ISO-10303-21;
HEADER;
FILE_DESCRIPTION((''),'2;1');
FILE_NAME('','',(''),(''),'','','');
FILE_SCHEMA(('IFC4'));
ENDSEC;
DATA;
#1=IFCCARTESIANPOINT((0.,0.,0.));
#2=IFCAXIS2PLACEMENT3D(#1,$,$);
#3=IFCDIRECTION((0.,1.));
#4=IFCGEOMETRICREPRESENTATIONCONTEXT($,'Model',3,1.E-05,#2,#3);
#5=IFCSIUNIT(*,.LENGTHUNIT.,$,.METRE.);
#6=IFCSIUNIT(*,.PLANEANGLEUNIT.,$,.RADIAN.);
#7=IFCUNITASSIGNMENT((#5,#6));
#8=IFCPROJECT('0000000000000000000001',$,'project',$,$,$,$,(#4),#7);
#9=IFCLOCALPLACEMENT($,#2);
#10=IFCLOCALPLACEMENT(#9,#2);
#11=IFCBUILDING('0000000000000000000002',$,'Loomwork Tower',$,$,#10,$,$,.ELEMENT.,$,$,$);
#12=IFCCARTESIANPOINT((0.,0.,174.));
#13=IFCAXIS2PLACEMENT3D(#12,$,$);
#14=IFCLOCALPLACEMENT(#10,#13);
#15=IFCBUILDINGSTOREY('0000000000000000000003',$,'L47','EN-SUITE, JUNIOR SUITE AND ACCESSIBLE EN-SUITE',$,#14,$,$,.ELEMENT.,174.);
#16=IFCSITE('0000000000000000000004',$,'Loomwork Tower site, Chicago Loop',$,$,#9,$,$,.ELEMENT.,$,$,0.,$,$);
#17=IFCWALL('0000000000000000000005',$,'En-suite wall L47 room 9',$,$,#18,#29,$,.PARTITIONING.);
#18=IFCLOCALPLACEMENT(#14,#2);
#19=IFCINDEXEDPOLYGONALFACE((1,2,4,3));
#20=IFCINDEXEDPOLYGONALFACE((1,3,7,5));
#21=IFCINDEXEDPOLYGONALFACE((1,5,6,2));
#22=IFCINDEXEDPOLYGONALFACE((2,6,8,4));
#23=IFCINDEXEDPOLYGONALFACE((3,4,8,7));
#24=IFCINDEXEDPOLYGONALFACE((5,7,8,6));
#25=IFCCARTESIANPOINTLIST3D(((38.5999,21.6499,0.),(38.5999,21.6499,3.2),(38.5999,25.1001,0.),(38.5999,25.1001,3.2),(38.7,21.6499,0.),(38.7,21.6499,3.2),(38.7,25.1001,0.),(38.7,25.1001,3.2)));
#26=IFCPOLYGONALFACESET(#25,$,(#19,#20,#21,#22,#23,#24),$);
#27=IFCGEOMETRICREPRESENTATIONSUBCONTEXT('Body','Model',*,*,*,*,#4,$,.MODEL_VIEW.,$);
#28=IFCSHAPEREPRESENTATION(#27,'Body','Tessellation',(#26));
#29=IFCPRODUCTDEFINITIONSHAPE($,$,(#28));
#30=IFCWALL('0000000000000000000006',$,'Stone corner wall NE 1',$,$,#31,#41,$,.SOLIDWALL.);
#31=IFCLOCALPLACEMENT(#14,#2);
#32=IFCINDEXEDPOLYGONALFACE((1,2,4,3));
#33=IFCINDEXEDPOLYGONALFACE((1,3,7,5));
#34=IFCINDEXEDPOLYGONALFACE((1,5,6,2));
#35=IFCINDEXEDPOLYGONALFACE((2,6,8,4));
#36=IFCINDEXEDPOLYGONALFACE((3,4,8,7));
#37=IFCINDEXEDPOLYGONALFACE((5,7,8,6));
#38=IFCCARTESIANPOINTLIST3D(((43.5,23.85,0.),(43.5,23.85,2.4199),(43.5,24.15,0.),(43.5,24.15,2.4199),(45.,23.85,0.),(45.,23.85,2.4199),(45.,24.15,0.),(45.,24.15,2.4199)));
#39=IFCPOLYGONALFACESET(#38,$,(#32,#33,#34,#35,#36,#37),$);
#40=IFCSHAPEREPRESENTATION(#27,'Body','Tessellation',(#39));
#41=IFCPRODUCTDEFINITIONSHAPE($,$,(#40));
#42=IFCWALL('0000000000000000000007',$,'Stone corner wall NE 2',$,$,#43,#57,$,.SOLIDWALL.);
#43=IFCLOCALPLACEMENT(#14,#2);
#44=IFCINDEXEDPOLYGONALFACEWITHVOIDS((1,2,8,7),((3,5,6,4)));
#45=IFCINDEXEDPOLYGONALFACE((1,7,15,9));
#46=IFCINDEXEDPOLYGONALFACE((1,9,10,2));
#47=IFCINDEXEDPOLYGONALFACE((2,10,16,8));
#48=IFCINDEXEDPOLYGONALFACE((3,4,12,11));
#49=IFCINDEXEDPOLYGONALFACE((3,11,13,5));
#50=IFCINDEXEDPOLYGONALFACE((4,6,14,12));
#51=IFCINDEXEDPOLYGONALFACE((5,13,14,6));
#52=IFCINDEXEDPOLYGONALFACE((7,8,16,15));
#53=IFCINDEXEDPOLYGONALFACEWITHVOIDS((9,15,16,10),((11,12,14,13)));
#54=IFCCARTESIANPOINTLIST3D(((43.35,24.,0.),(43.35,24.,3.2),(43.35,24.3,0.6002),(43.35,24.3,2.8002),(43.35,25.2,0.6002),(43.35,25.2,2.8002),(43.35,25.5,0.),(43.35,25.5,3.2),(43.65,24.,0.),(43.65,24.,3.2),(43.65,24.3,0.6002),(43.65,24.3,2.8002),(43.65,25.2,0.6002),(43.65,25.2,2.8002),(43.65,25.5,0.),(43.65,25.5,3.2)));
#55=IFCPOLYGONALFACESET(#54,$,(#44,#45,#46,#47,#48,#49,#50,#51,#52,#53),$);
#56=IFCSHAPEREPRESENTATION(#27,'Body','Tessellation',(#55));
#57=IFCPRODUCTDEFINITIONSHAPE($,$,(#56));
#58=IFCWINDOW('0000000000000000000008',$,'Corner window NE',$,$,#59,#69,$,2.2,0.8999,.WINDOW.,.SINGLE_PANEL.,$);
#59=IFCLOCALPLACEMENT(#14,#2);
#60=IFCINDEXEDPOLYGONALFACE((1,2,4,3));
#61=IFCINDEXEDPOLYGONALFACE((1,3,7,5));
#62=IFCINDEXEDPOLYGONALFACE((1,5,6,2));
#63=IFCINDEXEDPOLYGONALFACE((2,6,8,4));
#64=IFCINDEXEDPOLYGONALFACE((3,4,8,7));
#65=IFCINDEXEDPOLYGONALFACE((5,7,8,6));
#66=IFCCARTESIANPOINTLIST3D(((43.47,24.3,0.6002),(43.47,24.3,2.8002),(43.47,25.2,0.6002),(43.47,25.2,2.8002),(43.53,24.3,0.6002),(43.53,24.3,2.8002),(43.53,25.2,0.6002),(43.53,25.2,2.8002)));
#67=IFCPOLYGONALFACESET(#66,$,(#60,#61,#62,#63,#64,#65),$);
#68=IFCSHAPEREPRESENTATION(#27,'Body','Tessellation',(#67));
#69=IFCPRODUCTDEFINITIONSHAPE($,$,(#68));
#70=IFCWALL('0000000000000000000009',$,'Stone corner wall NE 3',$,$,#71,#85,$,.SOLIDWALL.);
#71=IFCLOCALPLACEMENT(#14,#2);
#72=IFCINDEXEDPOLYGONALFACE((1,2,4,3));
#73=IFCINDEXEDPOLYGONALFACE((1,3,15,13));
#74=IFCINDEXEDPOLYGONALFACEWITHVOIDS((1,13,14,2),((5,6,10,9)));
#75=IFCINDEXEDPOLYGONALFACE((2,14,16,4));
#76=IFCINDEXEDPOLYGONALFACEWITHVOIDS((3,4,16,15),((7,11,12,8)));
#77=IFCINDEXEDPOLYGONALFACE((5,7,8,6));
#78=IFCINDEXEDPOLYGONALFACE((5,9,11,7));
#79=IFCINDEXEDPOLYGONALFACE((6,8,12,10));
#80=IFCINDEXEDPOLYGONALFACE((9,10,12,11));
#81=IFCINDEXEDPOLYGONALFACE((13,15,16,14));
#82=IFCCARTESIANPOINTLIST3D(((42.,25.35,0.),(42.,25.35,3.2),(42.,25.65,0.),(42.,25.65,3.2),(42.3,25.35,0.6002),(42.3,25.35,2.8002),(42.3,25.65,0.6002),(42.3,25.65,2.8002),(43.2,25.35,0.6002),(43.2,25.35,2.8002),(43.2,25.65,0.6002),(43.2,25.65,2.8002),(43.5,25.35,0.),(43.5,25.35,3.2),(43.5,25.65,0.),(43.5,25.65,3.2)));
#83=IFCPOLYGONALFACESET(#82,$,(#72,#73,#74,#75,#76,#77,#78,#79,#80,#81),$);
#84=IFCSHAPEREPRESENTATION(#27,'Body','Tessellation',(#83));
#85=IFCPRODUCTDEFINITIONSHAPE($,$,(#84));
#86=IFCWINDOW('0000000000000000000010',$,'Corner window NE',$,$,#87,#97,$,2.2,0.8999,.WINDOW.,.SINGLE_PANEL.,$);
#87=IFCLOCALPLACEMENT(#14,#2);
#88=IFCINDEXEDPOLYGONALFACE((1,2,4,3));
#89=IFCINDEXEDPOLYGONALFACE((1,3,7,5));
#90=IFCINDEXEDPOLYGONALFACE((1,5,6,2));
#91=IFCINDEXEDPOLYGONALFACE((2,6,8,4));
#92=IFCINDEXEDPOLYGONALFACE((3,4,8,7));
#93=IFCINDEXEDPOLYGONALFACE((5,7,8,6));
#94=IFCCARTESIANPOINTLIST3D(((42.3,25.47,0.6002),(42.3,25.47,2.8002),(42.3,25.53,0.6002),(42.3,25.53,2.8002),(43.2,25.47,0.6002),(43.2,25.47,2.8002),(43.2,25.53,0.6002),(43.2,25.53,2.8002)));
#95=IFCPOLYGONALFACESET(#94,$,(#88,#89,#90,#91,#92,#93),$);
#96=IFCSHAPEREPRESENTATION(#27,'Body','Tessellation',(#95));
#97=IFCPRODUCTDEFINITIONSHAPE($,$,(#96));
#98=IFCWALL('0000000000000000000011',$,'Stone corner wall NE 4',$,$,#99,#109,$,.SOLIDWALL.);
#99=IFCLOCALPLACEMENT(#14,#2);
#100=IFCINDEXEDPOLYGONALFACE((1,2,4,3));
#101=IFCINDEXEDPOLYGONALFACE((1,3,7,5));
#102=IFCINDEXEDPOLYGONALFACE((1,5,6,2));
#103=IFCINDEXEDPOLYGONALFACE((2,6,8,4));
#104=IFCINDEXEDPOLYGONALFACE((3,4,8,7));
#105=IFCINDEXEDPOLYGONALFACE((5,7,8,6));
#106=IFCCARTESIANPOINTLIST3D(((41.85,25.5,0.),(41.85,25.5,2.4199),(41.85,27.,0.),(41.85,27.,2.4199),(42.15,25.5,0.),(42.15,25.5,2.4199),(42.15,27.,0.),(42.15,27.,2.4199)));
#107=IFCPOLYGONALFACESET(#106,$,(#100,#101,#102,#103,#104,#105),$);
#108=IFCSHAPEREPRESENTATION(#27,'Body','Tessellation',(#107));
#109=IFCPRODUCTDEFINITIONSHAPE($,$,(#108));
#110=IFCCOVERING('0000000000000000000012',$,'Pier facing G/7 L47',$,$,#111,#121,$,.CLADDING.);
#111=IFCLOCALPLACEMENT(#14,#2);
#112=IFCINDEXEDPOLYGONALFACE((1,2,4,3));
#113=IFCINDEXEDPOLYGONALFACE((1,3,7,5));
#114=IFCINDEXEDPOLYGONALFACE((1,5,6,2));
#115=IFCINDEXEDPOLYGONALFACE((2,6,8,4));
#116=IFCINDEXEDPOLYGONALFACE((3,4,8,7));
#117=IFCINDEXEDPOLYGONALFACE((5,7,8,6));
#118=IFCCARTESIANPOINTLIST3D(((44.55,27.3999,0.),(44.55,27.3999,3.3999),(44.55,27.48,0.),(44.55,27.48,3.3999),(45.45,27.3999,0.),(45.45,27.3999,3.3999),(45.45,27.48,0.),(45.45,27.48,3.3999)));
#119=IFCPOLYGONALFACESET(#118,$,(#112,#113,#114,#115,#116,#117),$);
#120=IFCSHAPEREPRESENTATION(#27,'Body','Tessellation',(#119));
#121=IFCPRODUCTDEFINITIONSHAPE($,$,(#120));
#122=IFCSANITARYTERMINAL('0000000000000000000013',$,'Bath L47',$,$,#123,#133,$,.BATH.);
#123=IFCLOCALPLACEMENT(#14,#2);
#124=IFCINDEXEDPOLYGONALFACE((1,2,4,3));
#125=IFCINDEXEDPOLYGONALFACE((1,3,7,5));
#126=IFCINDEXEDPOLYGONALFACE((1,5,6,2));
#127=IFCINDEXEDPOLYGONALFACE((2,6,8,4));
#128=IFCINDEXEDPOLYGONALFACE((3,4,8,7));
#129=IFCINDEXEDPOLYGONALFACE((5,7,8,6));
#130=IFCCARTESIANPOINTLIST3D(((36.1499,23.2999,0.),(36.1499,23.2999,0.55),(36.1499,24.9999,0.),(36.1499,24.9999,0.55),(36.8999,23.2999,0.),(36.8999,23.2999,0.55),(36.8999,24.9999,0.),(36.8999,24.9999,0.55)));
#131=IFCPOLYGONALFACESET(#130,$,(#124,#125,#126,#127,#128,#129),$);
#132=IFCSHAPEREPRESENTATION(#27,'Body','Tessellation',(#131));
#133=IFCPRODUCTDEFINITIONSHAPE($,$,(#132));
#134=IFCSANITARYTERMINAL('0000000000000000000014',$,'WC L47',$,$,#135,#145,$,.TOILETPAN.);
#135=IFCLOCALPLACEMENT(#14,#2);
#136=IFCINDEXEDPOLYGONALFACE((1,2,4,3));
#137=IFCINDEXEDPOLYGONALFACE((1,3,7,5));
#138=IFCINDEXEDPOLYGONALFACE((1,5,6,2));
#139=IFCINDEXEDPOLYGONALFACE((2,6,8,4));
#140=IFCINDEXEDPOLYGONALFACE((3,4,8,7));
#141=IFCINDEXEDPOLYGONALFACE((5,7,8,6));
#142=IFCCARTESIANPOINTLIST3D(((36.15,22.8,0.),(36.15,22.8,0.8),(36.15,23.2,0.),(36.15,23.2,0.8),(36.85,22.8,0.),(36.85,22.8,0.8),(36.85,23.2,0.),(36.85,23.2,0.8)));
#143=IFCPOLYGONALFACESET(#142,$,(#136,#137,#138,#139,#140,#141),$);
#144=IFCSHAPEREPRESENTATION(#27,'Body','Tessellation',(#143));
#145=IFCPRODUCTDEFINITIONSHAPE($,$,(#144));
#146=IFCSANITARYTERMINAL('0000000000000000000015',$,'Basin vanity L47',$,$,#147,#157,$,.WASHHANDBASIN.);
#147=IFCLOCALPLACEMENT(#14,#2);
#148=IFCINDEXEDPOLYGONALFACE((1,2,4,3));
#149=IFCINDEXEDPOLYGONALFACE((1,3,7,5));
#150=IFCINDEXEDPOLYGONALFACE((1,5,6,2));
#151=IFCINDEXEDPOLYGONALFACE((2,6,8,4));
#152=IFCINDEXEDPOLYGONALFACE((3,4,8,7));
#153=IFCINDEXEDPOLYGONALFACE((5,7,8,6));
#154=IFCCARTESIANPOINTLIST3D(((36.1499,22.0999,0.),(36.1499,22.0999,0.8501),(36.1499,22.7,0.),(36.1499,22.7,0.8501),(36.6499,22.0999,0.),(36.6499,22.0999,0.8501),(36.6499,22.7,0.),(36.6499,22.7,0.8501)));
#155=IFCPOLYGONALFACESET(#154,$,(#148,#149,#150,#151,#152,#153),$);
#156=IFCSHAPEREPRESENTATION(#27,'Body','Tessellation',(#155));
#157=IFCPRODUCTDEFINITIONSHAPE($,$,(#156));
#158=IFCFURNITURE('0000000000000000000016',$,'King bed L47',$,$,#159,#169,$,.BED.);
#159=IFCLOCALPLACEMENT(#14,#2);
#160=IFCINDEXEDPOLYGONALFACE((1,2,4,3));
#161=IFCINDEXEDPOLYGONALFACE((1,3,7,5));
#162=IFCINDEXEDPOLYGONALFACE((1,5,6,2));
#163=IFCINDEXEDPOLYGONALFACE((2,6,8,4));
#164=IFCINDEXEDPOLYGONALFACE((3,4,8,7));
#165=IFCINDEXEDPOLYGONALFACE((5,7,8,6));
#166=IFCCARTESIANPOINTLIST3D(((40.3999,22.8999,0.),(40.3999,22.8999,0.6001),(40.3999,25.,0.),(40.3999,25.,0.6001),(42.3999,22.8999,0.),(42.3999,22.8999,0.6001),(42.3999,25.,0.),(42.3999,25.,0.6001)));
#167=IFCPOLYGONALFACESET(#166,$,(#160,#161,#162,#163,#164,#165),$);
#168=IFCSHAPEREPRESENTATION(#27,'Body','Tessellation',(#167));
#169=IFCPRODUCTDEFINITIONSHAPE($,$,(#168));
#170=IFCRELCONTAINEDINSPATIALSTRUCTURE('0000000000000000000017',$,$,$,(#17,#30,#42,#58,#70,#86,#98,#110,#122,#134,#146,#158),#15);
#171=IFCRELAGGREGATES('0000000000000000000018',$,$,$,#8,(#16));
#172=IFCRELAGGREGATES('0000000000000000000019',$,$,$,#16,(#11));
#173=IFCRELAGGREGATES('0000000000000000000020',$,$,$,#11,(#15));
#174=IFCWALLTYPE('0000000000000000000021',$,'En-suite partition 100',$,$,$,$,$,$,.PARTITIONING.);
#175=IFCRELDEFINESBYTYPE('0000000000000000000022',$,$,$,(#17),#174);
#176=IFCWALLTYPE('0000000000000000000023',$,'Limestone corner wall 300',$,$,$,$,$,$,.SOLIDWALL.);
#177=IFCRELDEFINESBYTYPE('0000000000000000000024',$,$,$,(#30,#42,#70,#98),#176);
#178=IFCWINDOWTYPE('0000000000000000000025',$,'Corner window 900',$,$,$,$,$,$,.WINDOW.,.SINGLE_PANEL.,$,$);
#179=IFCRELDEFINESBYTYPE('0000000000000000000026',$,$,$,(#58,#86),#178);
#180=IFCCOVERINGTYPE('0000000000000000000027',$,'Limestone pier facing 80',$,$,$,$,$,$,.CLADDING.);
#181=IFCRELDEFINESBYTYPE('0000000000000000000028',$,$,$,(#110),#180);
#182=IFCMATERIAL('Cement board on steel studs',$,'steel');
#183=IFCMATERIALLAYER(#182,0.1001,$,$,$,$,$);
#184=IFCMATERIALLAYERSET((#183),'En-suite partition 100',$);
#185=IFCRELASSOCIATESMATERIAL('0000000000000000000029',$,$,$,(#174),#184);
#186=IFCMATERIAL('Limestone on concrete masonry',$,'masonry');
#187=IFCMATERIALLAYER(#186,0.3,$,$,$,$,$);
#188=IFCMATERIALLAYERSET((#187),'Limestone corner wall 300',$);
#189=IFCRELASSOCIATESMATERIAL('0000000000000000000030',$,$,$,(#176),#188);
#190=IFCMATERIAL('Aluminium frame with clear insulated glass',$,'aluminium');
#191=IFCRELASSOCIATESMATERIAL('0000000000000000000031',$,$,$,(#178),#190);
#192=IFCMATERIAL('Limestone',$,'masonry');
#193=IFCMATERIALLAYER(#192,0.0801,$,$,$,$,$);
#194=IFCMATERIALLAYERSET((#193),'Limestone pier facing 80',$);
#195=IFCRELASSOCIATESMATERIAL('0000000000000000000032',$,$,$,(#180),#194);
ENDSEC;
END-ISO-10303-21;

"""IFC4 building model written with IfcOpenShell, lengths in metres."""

from ifc_helpers import new_model, si_unit, direction, frame, frame_2d, origin, origin_2d, place, context, subcontext, project, spatial, rectangle, extrude, material, layer, layer_set, type_object, element, fill, save


model = new_model("IFC4")

# Units and contexts
model_context = context("Model", 3, precision=1e-05, world=origin(), true_north=direction((0.0, 1.0)))
body_context = subcontext(model_context, "Body", "Model", "MODEL_VIEW")
ifc_project = project(units=[si_unit("LENGTHUNIT", "METRE"), si_unit("PLANEANGLEUNIT", "RADIAN")], contexts=[model_context])

# Site, building, storey
site_placement = place(None, origin())
site = spatial("IfcSite", under=ifc_project, at=site_placement, Name="Loomwork Tower site, Chicago Loop", CompositionType="ELEMENT", RefElevation=0.0)
building_placement = place(site_placement, origin())
building = spatial("IfcBuilding", under=site, at=building_placement, Name="Loomwork Tower", CompositionType="ELEMENT")
storey_placement = place(building_placement, frame((0.0, 0.0, 174.0)))
storey = spatial("IfcBuildingStorey", under=building, at=storey_placement, Name="L47", Description="EN-SUITE, JUNIOR SUITE AND ACCESSIBLE EN-SUITE", CompositionType="ELEMENT", Elevation=174.0)

# Walls
ifc_material_1 = material(Name="Cement board on steel studs", Category="steel")
ifc_layer_1 = layer(ifc_material_1, 0.1001)
ifc_layer_set_1 = layer_set([ifc_layer_1], Name="En-suite partition 100")
wall_type_1 = type_object("IfcWallType", Name="En-suite partition 100", PredefinedType="PARTITIONING", material=ifc_layer_set_1)
wall_1_placement = place(storey_placement, frame((38.6499, 21.6499, 0.0), z_axis=(0.0, 0.0, 1.0), x_axis=(0.0, 1.0, 0.0)))
element("IfcWall", 1, at=wall_1_placement, inside=storey, type_object=wall_type_1, Name="En-suite wall L47 room 9", PredefinedType="PARTITIONING", context=body_context, shape_type="SweptSolid", body=[
    extrude(rectangle(XDim=3.4502, YDim=0.1001, at=frame_2d((1.7251, 0.0))), origin(), (0.0, 0.0, 1.0), 3.2),
])
ifc_material_2 = material(Name="Limestone on concrete masonry", Category="masonry")
ifc_layer_2 = layer(ifc_material_2, 0.3)
ifc_layer_set_2 = layer_set([ifc_layer_2], Name="Limestone corner wall 300")
wall_type_2 = type_object("IfcWallType", Name="Limestone corner wall 300", PredefinedType="SOLIDWALL", material=ifc_layer_set_2)
wall_2_placement = place(storey_placement, frame((45.0, 24.0, 0.0), z_axis=(0.0, 0.0, 1.0), x_axis=(-1.0, 0.0, 0.0)))
element("IfcWall", 2, at=wall_2_placement, inside=storey, type_object=wall_type_2, Name="Stone corner wall NE 1", PredefinedType="SOLIDWALL", context=body_context, shape_type="SweptSolid", body=[
    extrude(rectangle(XDim=1.5, YDim=0.3, at=frame_2d((0.75, 0.0))), origin(), (0.0, 0.0, 1.0), 2.4199),
])

# Walls, openings, windows
wall_3_placement = place(storey_placement, frame((43.5, 24.0, 0.0), z_axis=(0.0, 0.0, 1.0), x_axis=(0.0, 1.0, 0.0)))
wall_3 = element("IfcWall", 3, at=wall_3_placement, inside=storey, type_object=wall_type_2, Name="Stone corner wall NE 2", PredefinedType="SOLIDWALL", context=body_context, shape_type="SweptSolid", body=[
    extrude(rectangle(XDim=1.5, YDim=0.3, at=frame_2d((0.75, 0.0))), origin(), (0.0, 0.0, 1.0), 3.2),
])
opening_1_placement = place(wall_3_placement, frame((0.3, 0.0, 0.6001)))
opening_1 = element("IfcOpeningElement", 4, at=opening_1_placement, cuts=wall_3, PredefinedType="OPENING", context=body_context, shape_type="SweptSolid", body=[
    extrude(rectangle(XDim=0.8999, YDim=2.2, at=frame_2d((0.45, 1.1001))), frame((0.0, 0.1599, 0.0), z_axis=(0.0, -1.0, 0.0), x_axis=(1.0, 0.0, 0.0)), (0.0, 0.0, 1.0), 0.3201),
])
ifc_material_3 = material(Name="Aluminium frame with clear insulated glass", Category="aluminium")
window_type = type_object("IfcWindowType", Name="Corner window 900", PartitioningType="SINGLE_PANEL", PredefinedType="WINDOW", material=ifc_material_3)
window_1_placement = place(opening_1_placement, origin())
window_1 = element("IfcWindow", 5, at=window_1_placement, inside=storey, type_object=window_type, Name="Corner window NE", OverallHeight=2.2, OverallWidth=0.8999, PartitioningType="SINGLE_PANEL", PredefinedType="WINDOW", context=body_context, shape_type="SweptSolid", body=[
    extrude(rectangle(XDim=0.8999, YDim=2.2, at=frame_2d((0.45, 1.1001))), frame((0.0, 0.03, 0.0), z_axis=(0.0, -1.0, 0.0), x_axis=(1.0, 0.0, 0.0)), (0.0, 0.0, 1.0), 0.0601),
])
fill(opening_1, window_1)
wall_4_placement = place(storey_placement, frame((43.5, 25.5, 0.0), z_axis=(0.0, 0.0, 1.0), x_axis=(-1.0, 0.0, 0.0)))
wall_4 = element("IfcWall", 6, at=wall_4_placement, inside=storey, type_object=wall_type_2, Name="Stone corner wall NE 3", PredefinedType="SOLIDWALL", context=body_context, shape_type="SweptSolid", body=[
    extrude(rectangle(XDim=1.5, YDim=0.3, at=frame_2d((0.75, 0.0))), origin(), (0.0, 0.0, 1.0), 3.2),
])
opening_2_placement = place(wall_4_placement, frame((0.3, 0.0, 0.6001)))
opening_2 = element("IfcOpeningElement", 7, at=opening_2_placement, cuts=wall_4, PredefinedType="OPENING", context=body_context, shape_type="SweptSolid", body=[
    extrude(rectangle(XDim=0.8999, YDim=2.2, at=frame_2d((0.45, 1.1001))), frame((0.0, 0.1599, 0.0), z_axis=(0.0, -1.0, 0.0), x_axis=(1.0, 0.0, 0.0)), (0.0, 0.0, 1.0), 0.3201),
])
window_2_placement = place(opening_2_placement, origin())
window_2 = element("IfcWindow", 8, at=window_2_placement, inside=storey, type_object=window_type, Name="Corner window NE", OverallHeight=2.2, OverallWidth=0.8999, PartitioningType="SINGLE_PANEL", PredefinedType="WINDOW", context=body_context, shape_type="SweptSolid", body=[
    extrude(rectangle(XDim=0.8999, YDim=2.2, at=frame_2d((0.45, 1.1001))), frame((0.0, 0.03, 0.0), z_axis=(0.0, -1.0, 0.0), x_axis=(1.0, 0.0, 0.0)), (0.0, 0.0, 1.0), 0.0601),
])
fill(opening_2, window_2)

# Wall
wall_5_placement = place(storey_placement, frame((42.0, 25.5, 0.0), z_axis=(0.0, 0.0, 1.0), x_axis=(0.0, 1.0, 0.0)))
element("IfcWall", 9, at=wall_5_placement, inside=storey, type_object=wall_type_2, Name="Stone corner wall NE 4", PredefinedType="SOLIDWALL", context=body_context, shape_type="SweptSolid", body=[
    extrude(rectangle(XDim=1.5, YDim=0.3, at=frame_2d((0.75, 0.0))), origin(), (0.0, 0.0, 1.0), 2.4199),
])

# Covering
ifc_material_4 = material(Name="Limestone", Category="masonry")
ifc_layer_3 = layer(ifc_material_4, 0.0801)
ifc_layer_set_3 = layer_set([ifc_layer_3], Name="Limestone pier facing 80")
covering_type = type_object("IfcCoveringType", Name="Limestone pier facing 80", PredefinedType="CLADDING", material=ifc_layer_set_3)
covering_placement = place(storey_placement, frame((45.0, 27.4399, 0.0), z_axis=(0.0, 0.0, 1.0), x_axis=(1.0, 0.0, 0.0)))
element("IfcCovering", 10, at=covering_placement, inside=storey, type_object=covering_type, Name="Pier facing G/7 L47", PredefinedType="CLADDING", context=body_context, shape_type="SweptSolid", body=[
    extrude(rectangle(XDim=0.8999, YDim=0.0801, at=origin_2d()), origin(), (0.0, 0.0, 1.0), 3.3999),
])

# Sanitary terminals
sanitary_terminal_1_placement = place(storey_placement, frame((36.5249, 24.1499, 0.0), z_axis=(0.0, 0.0, 1.0), x_axis=(1.0, 0.0, 0.0)))
element("IfcSanitaryTerminal", 11, at=sanitary_terminal_1_placement, inside=storey, Name="Bath L47", PredefinedType="BATH", context=body_context, shape_type="SweptSolid", body=[
    extrude(rectangle(XDim=0.75, YDim=1.7, at=origin_2d()), origin(), (0.0, 0.0, 1.0), 0.55),
])
sanitary_terminal_2_placement = place(storey_placement, frame((36.5, 23.0, 0.0), z_axis=(0.0, 0.0, 1.0), x_axis=(1.0, 0.0, 0.0)))
element("IfcSanitaryTerminal", 12, at=sanitary_terminal_2_placement, inside=storey, Name="WC L47", PredefinedType="TOILETPAN", context=body_context, shape_type="SweptSolid", body=[
    extrude(rectangle(XDim=0.7, YDim=0.3999, at=origin_2d()), origin(), (0.0, 0.0, 1.0), 0.8),
])
sanitary_terminal_3_placement = place(storey_placement, frame((36.3999, 22.3999, 0.0), z_axis=(0.0, 0.0, 1.0), x_axis=(1.0, 0.0, 0.0)))
element("IfcSanitaryTerminal", 13, at=sanitary_terminal_3_placement, inside=storey, Name="Basin vanity L47", PredefinedType="WASHHANDBASIN", context=body_context, shape_type="SweptSolid", body=[
    extrude(rectangle(XDim=0.5, YDim=0.6001, at=origin_2d()), origin(), (0.0, 0.0, 1.0), 0.8501),
])

# Furniture
furniture_placement = place(storey_placement, frame((41.3999, 23.95, 0.0), z_axis=(0.0, 0.0, 1.0), x_axis=(1.0, 0.0, 0.0)))
element("IfcFurniture", 14, at=furniture_placement, inside=storey, Name="King bed L47", PredefinedType="BED", context=body_context, shape_type="SweptSolid", body=[
    extrude(rectangle(XDim=2.0, YDim=2.1001, at=origin_2d()), origin(), (0.0, 0.0, 1.0), 0.6001),
])

save(model, "model.ifc")
